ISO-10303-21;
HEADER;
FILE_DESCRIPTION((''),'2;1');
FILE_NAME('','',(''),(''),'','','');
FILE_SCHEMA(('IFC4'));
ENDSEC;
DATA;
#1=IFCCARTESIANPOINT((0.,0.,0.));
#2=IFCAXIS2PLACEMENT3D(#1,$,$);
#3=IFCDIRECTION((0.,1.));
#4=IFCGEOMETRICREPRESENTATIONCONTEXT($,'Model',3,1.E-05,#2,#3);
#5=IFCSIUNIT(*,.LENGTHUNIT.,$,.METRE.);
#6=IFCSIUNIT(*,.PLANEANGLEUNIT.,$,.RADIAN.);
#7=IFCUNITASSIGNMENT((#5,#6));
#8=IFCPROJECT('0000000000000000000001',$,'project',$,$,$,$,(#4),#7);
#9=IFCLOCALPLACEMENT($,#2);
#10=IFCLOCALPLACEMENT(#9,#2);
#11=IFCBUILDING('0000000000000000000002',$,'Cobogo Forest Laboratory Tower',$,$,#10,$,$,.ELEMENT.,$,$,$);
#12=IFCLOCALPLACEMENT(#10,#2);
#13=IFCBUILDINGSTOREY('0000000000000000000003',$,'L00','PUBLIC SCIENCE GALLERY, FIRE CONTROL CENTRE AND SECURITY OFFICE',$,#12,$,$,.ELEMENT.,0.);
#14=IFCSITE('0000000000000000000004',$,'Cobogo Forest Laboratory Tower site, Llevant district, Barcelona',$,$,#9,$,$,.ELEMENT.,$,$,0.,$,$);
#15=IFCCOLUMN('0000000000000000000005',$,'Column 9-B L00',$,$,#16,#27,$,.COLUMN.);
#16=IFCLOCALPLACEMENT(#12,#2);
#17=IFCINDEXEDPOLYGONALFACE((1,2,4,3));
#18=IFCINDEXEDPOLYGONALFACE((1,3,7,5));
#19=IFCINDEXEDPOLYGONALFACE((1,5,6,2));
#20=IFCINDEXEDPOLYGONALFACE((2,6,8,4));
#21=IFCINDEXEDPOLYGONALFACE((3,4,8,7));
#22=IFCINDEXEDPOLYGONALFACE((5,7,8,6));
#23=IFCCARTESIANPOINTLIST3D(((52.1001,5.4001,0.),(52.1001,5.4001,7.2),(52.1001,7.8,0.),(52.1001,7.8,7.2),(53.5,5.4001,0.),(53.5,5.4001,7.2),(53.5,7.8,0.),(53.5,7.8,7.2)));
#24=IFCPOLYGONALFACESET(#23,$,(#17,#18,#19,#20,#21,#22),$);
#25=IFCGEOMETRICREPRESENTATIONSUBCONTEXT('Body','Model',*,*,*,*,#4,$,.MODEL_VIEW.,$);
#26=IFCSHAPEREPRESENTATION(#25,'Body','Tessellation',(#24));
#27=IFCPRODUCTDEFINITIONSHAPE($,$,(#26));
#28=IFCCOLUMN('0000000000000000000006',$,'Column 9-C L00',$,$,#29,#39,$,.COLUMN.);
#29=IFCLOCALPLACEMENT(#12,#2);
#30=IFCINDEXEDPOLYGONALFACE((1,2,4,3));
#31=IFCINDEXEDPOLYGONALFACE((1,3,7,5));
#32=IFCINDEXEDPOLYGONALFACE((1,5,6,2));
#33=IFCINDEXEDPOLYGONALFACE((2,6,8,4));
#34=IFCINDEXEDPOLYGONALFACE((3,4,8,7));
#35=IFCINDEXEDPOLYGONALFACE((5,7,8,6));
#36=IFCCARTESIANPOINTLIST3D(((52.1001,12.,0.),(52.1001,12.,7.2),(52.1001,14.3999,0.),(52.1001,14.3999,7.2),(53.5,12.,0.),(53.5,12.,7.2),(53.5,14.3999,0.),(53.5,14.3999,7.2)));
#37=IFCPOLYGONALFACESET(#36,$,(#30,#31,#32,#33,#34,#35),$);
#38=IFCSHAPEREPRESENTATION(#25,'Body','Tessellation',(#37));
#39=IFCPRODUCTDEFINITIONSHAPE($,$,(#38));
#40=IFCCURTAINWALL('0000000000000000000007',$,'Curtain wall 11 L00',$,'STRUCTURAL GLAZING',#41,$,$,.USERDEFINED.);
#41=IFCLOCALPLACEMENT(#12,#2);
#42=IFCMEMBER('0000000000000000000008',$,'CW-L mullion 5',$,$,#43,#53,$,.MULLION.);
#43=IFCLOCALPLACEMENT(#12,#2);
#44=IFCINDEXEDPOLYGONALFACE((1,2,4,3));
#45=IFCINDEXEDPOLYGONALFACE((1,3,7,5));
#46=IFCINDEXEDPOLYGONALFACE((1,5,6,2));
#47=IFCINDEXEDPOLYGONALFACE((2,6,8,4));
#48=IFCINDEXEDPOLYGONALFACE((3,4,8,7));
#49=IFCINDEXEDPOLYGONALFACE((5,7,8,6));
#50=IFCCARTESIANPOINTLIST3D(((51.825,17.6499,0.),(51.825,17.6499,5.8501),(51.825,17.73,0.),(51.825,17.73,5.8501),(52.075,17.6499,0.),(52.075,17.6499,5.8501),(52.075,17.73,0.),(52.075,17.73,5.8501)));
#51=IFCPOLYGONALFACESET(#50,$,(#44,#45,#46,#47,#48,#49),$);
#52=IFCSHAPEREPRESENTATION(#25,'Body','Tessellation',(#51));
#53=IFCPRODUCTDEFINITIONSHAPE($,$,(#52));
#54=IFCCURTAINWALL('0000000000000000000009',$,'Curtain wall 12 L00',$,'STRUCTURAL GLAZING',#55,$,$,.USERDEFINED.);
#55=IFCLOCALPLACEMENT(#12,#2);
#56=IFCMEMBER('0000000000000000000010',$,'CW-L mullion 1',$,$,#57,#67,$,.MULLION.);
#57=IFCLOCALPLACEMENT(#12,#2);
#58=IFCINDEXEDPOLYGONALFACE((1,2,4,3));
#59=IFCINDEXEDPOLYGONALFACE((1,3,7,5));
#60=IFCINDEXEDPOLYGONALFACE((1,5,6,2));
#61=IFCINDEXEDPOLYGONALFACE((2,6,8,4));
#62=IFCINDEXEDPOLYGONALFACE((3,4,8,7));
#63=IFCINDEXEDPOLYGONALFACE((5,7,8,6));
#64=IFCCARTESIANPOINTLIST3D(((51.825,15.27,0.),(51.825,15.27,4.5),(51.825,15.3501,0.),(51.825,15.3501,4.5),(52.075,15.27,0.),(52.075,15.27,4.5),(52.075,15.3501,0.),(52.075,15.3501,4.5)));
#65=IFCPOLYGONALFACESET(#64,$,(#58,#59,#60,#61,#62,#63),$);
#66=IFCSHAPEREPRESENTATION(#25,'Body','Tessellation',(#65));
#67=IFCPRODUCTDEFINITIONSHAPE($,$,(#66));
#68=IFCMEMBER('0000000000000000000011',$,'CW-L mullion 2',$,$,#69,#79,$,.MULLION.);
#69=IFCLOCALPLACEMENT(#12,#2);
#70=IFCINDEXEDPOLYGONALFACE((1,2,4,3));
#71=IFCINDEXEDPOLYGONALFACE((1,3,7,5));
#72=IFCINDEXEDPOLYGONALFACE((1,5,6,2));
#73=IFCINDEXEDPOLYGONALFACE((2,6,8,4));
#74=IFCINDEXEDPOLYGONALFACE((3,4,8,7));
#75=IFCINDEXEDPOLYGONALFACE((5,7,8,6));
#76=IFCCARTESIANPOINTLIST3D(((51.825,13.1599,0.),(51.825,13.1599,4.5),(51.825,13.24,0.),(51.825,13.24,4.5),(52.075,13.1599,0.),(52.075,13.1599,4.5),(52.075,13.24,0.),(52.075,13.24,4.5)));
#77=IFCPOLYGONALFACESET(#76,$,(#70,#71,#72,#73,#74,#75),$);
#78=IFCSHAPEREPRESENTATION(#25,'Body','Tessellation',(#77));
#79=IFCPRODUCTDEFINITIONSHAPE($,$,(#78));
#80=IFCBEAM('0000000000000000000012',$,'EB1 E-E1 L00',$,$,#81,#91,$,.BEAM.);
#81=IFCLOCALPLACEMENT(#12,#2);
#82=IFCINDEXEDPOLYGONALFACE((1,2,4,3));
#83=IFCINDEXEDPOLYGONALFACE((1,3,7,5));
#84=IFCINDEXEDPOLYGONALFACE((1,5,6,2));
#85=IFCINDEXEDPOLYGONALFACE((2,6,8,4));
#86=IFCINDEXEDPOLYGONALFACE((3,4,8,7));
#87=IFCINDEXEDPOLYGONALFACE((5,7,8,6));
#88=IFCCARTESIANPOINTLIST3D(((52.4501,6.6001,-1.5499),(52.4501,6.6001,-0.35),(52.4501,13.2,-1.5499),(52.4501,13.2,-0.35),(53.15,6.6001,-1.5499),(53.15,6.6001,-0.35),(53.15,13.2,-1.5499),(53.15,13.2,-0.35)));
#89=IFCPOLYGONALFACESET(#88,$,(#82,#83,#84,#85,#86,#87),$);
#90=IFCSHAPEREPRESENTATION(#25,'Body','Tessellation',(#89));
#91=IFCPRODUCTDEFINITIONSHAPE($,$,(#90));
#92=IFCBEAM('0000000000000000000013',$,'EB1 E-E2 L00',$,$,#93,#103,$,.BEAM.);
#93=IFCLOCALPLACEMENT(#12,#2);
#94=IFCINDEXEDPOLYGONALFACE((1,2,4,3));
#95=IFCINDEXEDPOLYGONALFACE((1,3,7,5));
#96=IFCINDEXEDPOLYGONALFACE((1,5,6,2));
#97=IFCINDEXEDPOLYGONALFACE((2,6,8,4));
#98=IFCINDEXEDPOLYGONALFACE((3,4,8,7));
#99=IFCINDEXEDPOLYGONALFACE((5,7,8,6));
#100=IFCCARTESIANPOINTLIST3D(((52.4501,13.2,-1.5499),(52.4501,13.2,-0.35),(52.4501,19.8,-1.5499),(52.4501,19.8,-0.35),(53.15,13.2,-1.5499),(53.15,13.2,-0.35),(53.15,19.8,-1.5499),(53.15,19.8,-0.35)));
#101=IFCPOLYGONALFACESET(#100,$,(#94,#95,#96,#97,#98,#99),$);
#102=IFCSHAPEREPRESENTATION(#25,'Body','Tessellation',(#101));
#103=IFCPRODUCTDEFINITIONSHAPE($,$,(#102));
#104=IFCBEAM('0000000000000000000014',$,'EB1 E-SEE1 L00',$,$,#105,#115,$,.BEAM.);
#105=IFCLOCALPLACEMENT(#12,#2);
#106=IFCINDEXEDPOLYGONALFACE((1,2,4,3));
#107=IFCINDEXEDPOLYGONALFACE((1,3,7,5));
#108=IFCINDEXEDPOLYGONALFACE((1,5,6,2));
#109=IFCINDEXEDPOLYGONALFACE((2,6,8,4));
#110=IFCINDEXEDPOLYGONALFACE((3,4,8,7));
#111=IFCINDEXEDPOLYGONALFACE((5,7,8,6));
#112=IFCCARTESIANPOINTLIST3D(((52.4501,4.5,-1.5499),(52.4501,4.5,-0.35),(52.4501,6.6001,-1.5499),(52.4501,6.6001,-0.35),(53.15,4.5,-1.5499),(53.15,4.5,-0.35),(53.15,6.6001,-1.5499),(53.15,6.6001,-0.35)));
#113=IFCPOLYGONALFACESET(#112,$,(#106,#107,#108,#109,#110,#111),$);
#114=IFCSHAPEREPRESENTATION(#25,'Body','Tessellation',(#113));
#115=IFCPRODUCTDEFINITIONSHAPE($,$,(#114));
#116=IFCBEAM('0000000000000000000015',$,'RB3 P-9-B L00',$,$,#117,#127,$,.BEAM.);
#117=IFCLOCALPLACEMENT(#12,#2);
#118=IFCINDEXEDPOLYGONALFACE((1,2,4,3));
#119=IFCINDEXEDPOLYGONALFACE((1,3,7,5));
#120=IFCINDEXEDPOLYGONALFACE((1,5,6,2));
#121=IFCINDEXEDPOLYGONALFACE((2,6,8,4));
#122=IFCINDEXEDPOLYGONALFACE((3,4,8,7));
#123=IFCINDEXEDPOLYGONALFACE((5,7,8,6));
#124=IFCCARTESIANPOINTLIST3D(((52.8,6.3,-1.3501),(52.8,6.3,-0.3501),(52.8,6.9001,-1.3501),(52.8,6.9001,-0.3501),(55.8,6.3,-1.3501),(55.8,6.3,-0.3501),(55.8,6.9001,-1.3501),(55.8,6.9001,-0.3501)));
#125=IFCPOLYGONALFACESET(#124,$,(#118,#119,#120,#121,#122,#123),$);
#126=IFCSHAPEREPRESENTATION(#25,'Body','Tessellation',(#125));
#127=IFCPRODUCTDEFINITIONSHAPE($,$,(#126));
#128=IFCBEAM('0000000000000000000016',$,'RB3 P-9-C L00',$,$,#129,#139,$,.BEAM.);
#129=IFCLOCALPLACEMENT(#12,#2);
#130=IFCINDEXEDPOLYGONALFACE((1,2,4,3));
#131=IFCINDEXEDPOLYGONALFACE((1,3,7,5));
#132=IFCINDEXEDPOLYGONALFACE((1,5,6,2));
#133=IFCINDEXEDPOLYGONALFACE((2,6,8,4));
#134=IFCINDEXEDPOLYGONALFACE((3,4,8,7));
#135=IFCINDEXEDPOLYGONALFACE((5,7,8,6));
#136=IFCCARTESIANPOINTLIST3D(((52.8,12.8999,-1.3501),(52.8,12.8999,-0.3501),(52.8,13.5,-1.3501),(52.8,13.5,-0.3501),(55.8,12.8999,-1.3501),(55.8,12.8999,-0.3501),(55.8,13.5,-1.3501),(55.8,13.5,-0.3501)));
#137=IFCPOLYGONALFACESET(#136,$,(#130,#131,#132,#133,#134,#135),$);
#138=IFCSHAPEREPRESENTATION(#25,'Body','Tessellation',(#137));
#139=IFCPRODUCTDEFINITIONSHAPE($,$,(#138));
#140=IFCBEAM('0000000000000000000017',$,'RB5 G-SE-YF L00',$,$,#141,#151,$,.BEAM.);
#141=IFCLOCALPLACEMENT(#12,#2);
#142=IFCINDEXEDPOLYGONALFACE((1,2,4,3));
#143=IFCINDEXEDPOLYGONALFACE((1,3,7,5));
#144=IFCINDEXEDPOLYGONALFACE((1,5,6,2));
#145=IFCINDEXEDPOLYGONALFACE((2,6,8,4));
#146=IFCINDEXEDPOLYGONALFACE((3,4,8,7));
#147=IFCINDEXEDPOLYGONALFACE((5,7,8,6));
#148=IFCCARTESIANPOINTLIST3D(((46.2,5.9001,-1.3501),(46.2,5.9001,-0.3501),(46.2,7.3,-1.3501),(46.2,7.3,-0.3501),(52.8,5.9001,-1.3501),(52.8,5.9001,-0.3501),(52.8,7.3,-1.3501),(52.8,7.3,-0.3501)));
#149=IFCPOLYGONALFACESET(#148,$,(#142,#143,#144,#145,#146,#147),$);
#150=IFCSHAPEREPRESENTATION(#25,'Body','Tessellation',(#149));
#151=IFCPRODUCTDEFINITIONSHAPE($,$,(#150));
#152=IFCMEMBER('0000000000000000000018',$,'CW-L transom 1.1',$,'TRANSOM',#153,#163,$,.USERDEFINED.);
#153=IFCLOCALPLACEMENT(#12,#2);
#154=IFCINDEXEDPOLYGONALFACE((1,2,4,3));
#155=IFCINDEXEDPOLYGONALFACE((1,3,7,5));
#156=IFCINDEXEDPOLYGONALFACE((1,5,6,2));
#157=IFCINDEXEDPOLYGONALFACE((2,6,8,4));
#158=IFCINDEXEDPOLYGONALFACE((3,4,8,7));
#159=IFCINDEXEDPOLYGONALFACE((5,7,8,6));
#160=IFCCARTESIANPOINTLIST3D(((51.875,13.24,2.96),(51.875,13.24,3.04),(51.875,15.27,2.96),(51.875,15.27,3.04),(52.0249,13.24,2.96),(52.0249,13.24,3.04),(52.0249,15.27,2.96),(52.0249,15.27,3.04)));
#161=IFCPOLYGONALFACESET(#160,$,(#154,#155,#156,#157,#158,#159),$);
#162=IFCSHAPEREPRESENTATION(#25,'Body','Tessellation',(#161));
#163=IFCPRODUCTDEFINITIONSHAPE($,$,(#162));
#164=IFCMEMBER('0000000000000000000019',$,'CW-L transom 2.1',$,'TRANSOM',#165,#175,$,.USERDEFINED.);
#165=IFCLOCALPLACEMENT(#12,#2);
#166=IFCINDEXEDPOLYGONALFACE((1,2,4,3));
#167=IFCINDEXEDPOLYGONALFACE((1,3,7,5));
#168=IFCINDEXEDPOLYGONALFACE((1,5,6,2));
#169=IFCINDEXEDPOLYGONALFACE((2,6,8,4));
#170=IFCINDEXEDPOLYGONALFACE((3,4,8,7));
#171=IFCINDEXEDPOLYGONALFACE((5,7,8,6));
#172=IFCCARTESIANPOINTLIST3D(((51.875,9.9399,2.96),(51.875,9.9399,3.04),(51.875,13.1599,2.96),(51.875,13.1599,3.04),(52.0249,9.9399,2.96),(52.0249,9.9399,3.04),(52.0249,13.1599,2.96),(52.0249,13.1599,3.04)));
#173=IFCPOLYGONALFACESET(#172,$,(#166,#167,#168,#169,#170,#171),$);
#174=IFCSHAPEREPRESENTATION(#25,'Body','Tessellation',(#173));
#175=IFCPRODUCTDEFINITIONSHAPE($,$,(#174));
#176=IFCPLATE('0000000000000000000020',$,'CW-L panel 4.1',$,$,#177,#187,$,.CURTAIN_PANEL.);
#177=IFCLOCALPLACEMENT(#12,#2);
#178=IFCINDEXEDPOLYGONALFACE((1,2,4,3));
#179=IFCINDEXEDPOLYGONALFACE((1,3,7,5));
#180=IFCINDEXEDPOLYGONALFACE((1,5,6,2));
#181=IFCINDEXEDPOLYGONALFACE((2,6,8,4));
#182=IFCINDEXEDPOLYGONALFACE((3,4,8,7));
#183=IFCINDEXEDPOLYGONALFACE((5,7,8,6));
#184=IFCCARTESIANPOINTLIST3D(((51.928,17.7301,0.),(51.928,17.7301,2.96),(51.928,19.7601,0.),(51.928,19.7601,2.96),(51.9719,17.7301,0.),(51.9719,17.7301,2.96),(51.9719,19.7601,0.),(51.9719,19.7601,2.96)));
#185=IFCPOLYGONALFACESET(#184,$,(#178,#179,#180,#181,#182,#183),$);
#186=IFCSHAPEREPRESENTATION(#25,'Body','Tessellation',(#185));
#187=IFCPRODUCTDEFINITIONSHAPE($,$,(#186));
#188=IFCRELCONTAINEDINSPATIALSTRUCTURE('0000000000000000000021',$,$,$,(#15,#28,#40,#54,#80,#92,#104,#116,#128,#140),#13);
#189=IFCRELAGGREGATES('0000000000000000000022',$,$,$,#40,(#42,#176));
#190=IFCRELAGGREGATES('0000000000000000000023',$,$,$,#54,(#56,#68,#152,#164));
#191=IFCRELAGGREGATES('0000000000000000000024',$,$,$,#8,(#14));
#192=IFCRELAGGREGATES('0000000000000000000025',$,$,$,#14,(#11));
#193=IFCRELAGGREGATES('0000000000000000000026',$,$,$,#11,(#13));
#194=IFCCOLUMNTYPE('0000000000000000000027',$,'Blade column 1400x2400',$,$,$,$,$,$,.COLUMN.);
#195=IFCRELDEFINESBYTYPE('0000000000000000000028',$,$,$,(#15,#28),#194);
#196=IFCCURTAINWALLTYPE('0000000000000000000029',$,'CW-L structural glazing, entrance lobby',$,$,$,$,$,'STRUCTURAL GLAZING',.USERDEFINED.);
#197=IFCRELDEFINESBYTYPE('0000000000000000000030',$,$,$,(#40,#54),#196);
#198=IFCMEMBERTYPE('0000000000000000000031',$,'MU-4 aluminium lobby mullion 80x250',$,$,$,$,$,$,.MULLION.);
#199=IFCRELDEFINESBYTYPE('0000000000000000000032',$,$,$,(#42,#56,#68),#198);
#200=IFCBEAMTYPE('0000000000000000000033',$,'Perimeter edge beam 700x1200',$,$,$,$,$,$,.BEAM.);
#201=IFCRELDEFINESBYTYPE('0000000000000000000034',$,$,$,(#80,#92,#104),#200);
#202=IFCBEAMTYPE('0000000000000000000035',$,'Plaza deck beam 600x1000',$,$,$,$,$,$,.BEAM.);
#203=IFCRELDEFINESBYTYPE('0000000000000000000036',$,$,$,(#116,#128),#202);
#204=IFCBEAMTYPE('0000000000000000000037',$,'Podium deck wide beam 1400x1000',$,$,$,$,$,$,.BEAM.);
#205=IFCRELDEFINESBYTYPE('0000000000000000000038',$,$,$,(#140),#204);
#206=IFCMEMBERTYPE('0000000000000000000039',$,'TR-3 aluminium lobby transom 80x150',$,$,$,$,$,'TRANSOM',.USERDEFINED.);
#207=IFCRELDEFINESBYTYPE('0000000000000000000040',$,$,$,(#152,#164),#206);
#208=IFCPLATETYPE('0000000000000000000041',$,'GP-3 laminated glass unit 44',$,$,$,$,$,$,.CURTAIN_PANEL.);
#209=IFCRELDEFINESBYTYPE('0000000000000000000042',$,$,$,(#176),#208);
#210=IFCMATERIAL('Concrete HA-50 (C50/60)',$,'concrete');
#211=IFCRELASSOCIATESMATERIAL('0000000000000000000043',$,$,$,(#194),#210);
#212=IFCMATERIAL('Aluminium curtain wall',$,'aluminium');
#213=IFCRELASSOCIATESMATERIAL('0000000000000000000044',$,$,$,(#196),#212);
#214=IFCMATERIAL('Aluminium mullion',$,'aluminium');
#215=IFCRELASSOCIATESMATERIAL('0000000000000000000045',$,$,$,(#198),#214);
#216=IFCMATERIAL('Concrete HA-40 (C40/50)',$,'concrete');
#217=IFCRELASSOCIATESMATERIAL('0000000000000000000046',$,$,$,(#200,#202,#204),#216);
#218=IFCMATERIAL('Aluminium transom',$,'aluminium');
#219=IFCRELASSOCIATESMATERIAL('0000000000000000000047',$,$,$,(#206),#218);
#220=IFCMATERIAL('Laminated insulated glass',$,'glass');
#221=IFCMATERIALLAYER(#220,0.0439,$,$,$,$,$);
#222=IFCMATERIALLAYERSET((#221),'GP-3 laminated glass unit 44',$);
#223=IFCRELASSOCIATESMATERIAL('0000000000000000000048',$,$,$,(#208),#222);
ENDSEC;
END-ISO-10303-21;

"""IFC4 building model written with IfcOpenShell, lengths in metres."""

from ifc_helpers import new_model, si_unit, direction, frame, origin, origin_2d, place, context, subcontext, project, spatial, rectangle, extrude, material, layer, layer_set, material_profile, profile_set, type_object, element, aggregate, save


model = new_model("IFC4")

# Units and contexts
model_context = context("Model", 3, precision=1e-05, world=origin(), true_north=direction((0.0, 1.0)))
body_context = subcontext(model_context, "Body", "Model", "MODEL_VIEW")
ifc_project = project(units=[si_unit("LENGTHUNIT", "METRE"), si_unit("PLANEANGLEUNIT", "RADIAN")], contexts=[model_context])

# Site, building, storey
site_placement = place(None, origin())
site = spatial("IfcSite", under=ifc_project, at=site_placement, Name="Cobogo Forest Laboratory Tower site, Llevant district, Barcelona", CompositionType="ELEMENT", RefElevation=0.0)
building_placement = place(site_placement, origin())
building = spatial("IfcBuilding", under=site, at=building_placement, Name="Cobogo Forest Laboratory Tower", CompositionType="ELEMENT")
storey_placement = place(building_placement, origin())
storey = spatial("IfcBuildingStorey", under=building, at=storey_placement, Name="L00", Description="PUBLIC SCIENCE GALLERY, FIRE CONTROL CENTRE AND SECURITY OFFICE", CompositionType="ELEMENT", Elevation=0.0)

# Columns
ifc_material_1 = material(Name="Concrete HA-50 (C50/60)", Category="concrete")
ifc_material_profile_1 = material_profile(ifc_material_1, rectangle(XDim=2.3999, YDim=1.3999, at=origin_2d()), Name="RC 1400x2400")
ifc_profile_set_1 = profile_set([ifc_material_profile_1], Name="Concrete HA-50 (C50/60)")
column_type = type_object("IfcColumnType", Name="Blade column 1400x2400", PredefinedType="COLUMN", material=ifc_profile_set_1)
for number, where, z_axis, x_axis, name in (
    (1, (52.8, 6.6001, 0.0), (0.0, 0.0, 1.0), (0.0, 1.0, 0.0), "Column 9-B L00"),
    (2, (52.8, 13.2, 0.0), (0.0, 0.0, 1.0), (0.0, 1.0, 0.0), "Column 9-C L00"),
):
    element("IfcColumn", number, at=place(storey_placement, frame(where, z_axis=z_axis, x_axis=x_axis)), inside=storey, type_object=column_type, Name=name, PredefinedType="COLUMN", context=body_context, shape_type="SweptSolid", body=[
        extrude(rectangle(XDim=2.3999, YDim=1.3999, at=origin_2d()), origin(), (0.0, 0.0, 1.0), 7.2),
    ])

# Curtain wall, member
ifc_material_2 = material(Name="Aluminium curtain wall", Category="aluminium")
curtain_wall_type = type_object("IfcCurtainWallType", Name="CW-L structural glazing, entrance lobby", ElementType="STRUCTURAL GLAZING", PredefinedType="USERDEFINED", material=ifc_material_2)
curtain_wall_1_placement = place(storey_placement, origin())
curtain_wall_1 = element("IfcCurtainWall", 3, at=curtain_wall_1_placement, inside=storey, type_object=curtain_wall_type, Name="Curtain wall 11 L00", ObjectType="STRUCTURAL GLAZING", PredefinedType="USERDEFINED")
ifc_material_3 = material(Name="Aluminium mullion", Category="aluminium")
ifc_material_profile_2 = material_profile(ifc_material_3, rectangle(XDim=0.0801, YDim=0.25, at=origin_2d()), Name="AL 80x250")
ifc_profile_set_2 = profile_set([ifc_material_profile_2], Name="Aluminium mullion")
member_type_1 = type_object("IfcMemberType", Name="MU-4 aluminium lobby mullion 80x250", PredefinedType="MULLION", material=ifc_profile_set_2)
member_1_placement = place(storey_placement, frame((51.95, 17.6899, 0.0), z_axis=(0.0, 0.0, 1.0), x_axis=(0.0, -1.0, 0.0)))
member_1 = element("IfcMember", 4, at=member_1_placement, type_object=member_type_1, Name="CW-L mullion 5", PredefinedType="MULLION", context=body_context, shape_type="SweptSolid", body=[
    extrude(rectangle(XDim=0.0801, YDim=0.25, at=origin_2d()), origin(), (0.0, 0.0, 1.0), 5.8501),
])

# Curtain wall, members
curtain_wall_2_placement = place(storey_placement, origin())
curtain_wall_2 = element("IfcCurtainWall", 5, at=curtain_wall_2_placement, inside=storey, type_object=curtain_wall_type, Name="Curtain wall 12 L00", ObjectType="STRUCTURAL GLAZING", PredefinedType="USERDEFINED")
member_2_placement = place(storey_placement, frame((51.95, 15.3101, 0.0), z_axis=(0.0, 0.0, 1.0), x_axis=(0.0, -1.0, 0.0)))
member_2 = element("IfcMember", 6, at=member_2_placement, type_object=member_type_1, Name="CW-L mullion 1", PredefinedType="MULLION", context=body_context, shape_type="SweptSolid", body=[
    extrude(rectangle(XDim=0.0801, YDim=0.25, at=origin_2d()), origin(), (0.0, 0.0, 1.0), 4.5),
])
member_3_placement = place(storey_placement, frame((51.95, 13.2, 0.0), z_axis=(0.0, 0.0, 1.0), x_axis=(0.0, -1.0, 0.0)))
member_3 = element("IfcMember", 7, at=member_3_placement, type_object=member_type_1, Name="CW-L mullion 2", PredefinedType="MULLION", context=body_context, shape_type="SweptSolid", body=[
    extrude(rectangle(XDim=0.0801, YDim=0.25, at=origin_2d()), origin(), (0.0, 0.0, 1.0), 4.5),
])

# Beams
ifc_material_4 = material(Name="Concrete HA-40 (C40/50)", Category="concrete")
ifc_material_profile_3 = material_profile(ifc_material_4, rectangle(XDim=0.7, YDim=1.2, at=origin_2d()), Name="RC 700x1200")
ifc_profile_set_3 = profile_set([ifc_material_profile_3], Name="Concrete HA-40 (C40/50)")
beam_type_1 = type_object("IfcBeamType", Name="Perimeter edge beam 700x1200", PredefinedType="BEAM", material=ifc_profile_set_3)
beam_1_placement = place(storey_placement, frame((52.8, 6.6001, -0.95), z_axis=(0.0, 1.0, 0.0), x_axis=(-1.0, 0.0, 0.0)))
element("IfcBeam", 8, at=beam_1_placement, inside=storey, type_object=beam_type_1, Name="EB1 E-E1 L00", PredefinedType="BEAM", context=body_context, shape_type="SweptSolid", body=[
    extrude(rectangle(XDim=0.7, YDim=1.2, at=origin_2d()), origin(), (0.0, 0.0, 1.0), 6.5999),
])
beam_2_placement = place(storey_placement, frame((52.8, 13.2, -0.95), z_axis=(0.0, 1.0, 0.0), x_axis=(-1.0, 0.0, 0.0)))
element("IfcBeam", 9, at=beam_2_placement, inside=storey, type_object=beam_type_1, Name="EB1 E-E2 L00", PredefinedType="BEAM", context=body_context, shape_type="SweptSolid", body=[
    extrude(rectangle(XDim=0.7, YDim=1.2, at=origin_2d()), origin(), (0.0, 0.0, 1.0), 6.6001),
])
beam_3_placement = place(storey_placement, frame((52.8, 6.6001, -0.95), z_axis=(0.0, -1.0, 0.0), x_axis=(1.0, 0.0, 0.0)))
element("IfcBeam", 10, at=beam_3_placement, inside=storey, type_object=beam_type_1, Name="EB1 E-SEE1 L00", PredefinedType="BEAM", context=body_context, shape_type="SweptSolid", body=[
    extrude(rectangle(XDim=0.7, YDim=1.2, at=origin_2d()), origin(), (0.0, 0.0, 1.0), 2.1001),
])
ifc_material_profile_4 = material_profile(ifc_material_4, rectangle(XDim=0.6001, YDim=1.0, at=origin_2d()), Name="RC 600x1000")
ifc_profile_set_4 = profile_set([ifc_material_profile_4], Name="Concrete HA-40 (C40/50)")
beam_type_2 = type_object("IfcBeamType", Name="Plaza deck beam 600x1000", PredefinedType="BEAM", material=ifc_profile_set_4)
for number, where, z_axis, x_axis, name in (
    (11, (52.8, 6.6001, -0.8501), (1.0, 0.0, 0.0), (0.0, 1.0, 0.0), "RB3 P-9-B L00"),
    (12, (52.8, 13.2, -0.8501), (1.0, 0.0, 0.0), (0.0, 1.0, 0.0), "RB3 P-9-C L00"),
):
    element("IfcBeam", number, at=place(storey_placement, frame(where, z_axis=z_axis, x_axis=x_axis)), inside=storey, type_object=beam_type_2, Name=name, PredefinedType="BEAM", context=body_context, shape_type="SweptSolid", body=[
        extrude(rectangle(XDim=0.6001, YDim=1.0, at=origin_2d()), origin(), (0.0, 0.0, 1.0), 3.0),
    ])
ifc_material_profile_5 = material_profile(ifc_material_4, rectangle(XDim=1.3999, YDim=1.0, at=origin_2d()), Name="RC 1400x1000")
ifc_profile_set_5 = profile_set([ifc_material_profile_5], Name="Concrete HA-40 (C40/50)")
beam_type_3 = type_object("IfcBeamType", Name="Podium deck wide beam 1400x1000", PredefinedType="BEAM", material=ifc_profile_set_5)
beam_4_placement = place(storey_placement, frame((52.8, 6.6001, -0.8501), z_axis=(-1.0, 0.0, 0.0), x_axis=(0.0, -1.0, 0.0)))
element("IfcBeam", 13, at=beam_4_placement, inside=storey, type_object=beam_type_3, Name="RB5 G-SE-YF L00", PredefinedType="BEAM", context=body_context, shape_type="SweptSolid", body=[
    extrude(rectangle(XDim=1.3999, YDim=1.0, at=origin_2d()), origin(), (0.0, 0.0, 1.0), 6.6001),
])

# Members
ifc_material_5 = material(Name="Aluminium transom", Category="aluminium")
ifc_material_profile_6 = material_profile(ifc_material_5, rectangle(XDim=0.1499, YDim=0.0801, at=origin_2d()), Name="AL 80x150")
ifc_profile_set_6 = profile_set([ifc_material_profile_6], Name="Aluminium transom")
member_type_2 = type_object("IfcMemberType", Name="TR-3 aluminium lobby transom 80x150", ElementType="TRANSOM", PredefinedType="USERDEFINED", material=ifc_profile_set_6)
member_4_placement = place(storey_placement, frame((51.95, 15.27, 3.0), z_axis=(0.0, -1.0, 0.0), x_axis=(1.0, 0.0, 0.0)))
member_4 = element("IfcMember", 14, at=member_4_placement, type_object=member_type_2, Name="CW-L transom 1.1", ObjectType="TRANSOM", PredefinedType="USERDEFINED", context=body_context, shape_type="SweptSolid", body=[
    extrude(rectangle(XDim=0.1499, YDim=0.0801, at=origin_2d()), origin(), (0.0, 0.0, 1.0), 2.03),
])
member_5_placement = place(storey_placement, frame((51.95, 13.1599, 3.0), z_axis=(0.0, -1.0, 0.0), x_axis=(1.0, 0.0, 0.0)))
member_5 = element("IfcMember", 15, at=member_5_placement, type_object=member_type_2, Name="CW-L transom 2.1", ObjectType="TRANSOM", PredefinedType="USERDEFINED", context=body_context, shape_type="SweptSolid", body=[
    extrude(rectangle(XDim=0.1499, YDim=0.0801, at=origin_2d()), origin(), (0.0, 0.0, 1.0), 3.22),
])

# Plate
ifc_material_6 = material(Name="Laminated insulated glass", Category="glass")
ifc_layer_1 = layer(ifc_material_6, 0.0439)
ifc_layer_set_1 = layer_set([ifc_layer_1], Name="GP-3 laminated glass unit 44")
plate_type = type_object("IfcPlateType", Name="GP-3 laminated glass unit 44", PredefinedType="CURTAIN_PANEL", material=ifc_layer_set_1)
plate_1_placement = place(storey_placement, frame((51.95, 18.7451, 0.0), z_axis=(0.0, 0.0, 1.0), x_axis=(0.0, -1.0, 0.0)))
plate_1 = element("IfcPlate", 16, at=plate_1_placement, type_object=plate_type, Name="CW-L panel 4.1", PredefinedType="CURTAIN_PANEL", context=body_context, shape_type="SweptSolid", body=[
    extrude(rectangle(XDim=2.03, YDim=0.0439, at=origin_2d()), origin(), (0.0, 0.0, 1.0), 2.96),
])
aggregate(curtain_wall_1, [member_1, plate_1])
aggregate(curtain_wall_2, [member_2, member_3, member_4, member_5])

save(model, "model.ifc")
